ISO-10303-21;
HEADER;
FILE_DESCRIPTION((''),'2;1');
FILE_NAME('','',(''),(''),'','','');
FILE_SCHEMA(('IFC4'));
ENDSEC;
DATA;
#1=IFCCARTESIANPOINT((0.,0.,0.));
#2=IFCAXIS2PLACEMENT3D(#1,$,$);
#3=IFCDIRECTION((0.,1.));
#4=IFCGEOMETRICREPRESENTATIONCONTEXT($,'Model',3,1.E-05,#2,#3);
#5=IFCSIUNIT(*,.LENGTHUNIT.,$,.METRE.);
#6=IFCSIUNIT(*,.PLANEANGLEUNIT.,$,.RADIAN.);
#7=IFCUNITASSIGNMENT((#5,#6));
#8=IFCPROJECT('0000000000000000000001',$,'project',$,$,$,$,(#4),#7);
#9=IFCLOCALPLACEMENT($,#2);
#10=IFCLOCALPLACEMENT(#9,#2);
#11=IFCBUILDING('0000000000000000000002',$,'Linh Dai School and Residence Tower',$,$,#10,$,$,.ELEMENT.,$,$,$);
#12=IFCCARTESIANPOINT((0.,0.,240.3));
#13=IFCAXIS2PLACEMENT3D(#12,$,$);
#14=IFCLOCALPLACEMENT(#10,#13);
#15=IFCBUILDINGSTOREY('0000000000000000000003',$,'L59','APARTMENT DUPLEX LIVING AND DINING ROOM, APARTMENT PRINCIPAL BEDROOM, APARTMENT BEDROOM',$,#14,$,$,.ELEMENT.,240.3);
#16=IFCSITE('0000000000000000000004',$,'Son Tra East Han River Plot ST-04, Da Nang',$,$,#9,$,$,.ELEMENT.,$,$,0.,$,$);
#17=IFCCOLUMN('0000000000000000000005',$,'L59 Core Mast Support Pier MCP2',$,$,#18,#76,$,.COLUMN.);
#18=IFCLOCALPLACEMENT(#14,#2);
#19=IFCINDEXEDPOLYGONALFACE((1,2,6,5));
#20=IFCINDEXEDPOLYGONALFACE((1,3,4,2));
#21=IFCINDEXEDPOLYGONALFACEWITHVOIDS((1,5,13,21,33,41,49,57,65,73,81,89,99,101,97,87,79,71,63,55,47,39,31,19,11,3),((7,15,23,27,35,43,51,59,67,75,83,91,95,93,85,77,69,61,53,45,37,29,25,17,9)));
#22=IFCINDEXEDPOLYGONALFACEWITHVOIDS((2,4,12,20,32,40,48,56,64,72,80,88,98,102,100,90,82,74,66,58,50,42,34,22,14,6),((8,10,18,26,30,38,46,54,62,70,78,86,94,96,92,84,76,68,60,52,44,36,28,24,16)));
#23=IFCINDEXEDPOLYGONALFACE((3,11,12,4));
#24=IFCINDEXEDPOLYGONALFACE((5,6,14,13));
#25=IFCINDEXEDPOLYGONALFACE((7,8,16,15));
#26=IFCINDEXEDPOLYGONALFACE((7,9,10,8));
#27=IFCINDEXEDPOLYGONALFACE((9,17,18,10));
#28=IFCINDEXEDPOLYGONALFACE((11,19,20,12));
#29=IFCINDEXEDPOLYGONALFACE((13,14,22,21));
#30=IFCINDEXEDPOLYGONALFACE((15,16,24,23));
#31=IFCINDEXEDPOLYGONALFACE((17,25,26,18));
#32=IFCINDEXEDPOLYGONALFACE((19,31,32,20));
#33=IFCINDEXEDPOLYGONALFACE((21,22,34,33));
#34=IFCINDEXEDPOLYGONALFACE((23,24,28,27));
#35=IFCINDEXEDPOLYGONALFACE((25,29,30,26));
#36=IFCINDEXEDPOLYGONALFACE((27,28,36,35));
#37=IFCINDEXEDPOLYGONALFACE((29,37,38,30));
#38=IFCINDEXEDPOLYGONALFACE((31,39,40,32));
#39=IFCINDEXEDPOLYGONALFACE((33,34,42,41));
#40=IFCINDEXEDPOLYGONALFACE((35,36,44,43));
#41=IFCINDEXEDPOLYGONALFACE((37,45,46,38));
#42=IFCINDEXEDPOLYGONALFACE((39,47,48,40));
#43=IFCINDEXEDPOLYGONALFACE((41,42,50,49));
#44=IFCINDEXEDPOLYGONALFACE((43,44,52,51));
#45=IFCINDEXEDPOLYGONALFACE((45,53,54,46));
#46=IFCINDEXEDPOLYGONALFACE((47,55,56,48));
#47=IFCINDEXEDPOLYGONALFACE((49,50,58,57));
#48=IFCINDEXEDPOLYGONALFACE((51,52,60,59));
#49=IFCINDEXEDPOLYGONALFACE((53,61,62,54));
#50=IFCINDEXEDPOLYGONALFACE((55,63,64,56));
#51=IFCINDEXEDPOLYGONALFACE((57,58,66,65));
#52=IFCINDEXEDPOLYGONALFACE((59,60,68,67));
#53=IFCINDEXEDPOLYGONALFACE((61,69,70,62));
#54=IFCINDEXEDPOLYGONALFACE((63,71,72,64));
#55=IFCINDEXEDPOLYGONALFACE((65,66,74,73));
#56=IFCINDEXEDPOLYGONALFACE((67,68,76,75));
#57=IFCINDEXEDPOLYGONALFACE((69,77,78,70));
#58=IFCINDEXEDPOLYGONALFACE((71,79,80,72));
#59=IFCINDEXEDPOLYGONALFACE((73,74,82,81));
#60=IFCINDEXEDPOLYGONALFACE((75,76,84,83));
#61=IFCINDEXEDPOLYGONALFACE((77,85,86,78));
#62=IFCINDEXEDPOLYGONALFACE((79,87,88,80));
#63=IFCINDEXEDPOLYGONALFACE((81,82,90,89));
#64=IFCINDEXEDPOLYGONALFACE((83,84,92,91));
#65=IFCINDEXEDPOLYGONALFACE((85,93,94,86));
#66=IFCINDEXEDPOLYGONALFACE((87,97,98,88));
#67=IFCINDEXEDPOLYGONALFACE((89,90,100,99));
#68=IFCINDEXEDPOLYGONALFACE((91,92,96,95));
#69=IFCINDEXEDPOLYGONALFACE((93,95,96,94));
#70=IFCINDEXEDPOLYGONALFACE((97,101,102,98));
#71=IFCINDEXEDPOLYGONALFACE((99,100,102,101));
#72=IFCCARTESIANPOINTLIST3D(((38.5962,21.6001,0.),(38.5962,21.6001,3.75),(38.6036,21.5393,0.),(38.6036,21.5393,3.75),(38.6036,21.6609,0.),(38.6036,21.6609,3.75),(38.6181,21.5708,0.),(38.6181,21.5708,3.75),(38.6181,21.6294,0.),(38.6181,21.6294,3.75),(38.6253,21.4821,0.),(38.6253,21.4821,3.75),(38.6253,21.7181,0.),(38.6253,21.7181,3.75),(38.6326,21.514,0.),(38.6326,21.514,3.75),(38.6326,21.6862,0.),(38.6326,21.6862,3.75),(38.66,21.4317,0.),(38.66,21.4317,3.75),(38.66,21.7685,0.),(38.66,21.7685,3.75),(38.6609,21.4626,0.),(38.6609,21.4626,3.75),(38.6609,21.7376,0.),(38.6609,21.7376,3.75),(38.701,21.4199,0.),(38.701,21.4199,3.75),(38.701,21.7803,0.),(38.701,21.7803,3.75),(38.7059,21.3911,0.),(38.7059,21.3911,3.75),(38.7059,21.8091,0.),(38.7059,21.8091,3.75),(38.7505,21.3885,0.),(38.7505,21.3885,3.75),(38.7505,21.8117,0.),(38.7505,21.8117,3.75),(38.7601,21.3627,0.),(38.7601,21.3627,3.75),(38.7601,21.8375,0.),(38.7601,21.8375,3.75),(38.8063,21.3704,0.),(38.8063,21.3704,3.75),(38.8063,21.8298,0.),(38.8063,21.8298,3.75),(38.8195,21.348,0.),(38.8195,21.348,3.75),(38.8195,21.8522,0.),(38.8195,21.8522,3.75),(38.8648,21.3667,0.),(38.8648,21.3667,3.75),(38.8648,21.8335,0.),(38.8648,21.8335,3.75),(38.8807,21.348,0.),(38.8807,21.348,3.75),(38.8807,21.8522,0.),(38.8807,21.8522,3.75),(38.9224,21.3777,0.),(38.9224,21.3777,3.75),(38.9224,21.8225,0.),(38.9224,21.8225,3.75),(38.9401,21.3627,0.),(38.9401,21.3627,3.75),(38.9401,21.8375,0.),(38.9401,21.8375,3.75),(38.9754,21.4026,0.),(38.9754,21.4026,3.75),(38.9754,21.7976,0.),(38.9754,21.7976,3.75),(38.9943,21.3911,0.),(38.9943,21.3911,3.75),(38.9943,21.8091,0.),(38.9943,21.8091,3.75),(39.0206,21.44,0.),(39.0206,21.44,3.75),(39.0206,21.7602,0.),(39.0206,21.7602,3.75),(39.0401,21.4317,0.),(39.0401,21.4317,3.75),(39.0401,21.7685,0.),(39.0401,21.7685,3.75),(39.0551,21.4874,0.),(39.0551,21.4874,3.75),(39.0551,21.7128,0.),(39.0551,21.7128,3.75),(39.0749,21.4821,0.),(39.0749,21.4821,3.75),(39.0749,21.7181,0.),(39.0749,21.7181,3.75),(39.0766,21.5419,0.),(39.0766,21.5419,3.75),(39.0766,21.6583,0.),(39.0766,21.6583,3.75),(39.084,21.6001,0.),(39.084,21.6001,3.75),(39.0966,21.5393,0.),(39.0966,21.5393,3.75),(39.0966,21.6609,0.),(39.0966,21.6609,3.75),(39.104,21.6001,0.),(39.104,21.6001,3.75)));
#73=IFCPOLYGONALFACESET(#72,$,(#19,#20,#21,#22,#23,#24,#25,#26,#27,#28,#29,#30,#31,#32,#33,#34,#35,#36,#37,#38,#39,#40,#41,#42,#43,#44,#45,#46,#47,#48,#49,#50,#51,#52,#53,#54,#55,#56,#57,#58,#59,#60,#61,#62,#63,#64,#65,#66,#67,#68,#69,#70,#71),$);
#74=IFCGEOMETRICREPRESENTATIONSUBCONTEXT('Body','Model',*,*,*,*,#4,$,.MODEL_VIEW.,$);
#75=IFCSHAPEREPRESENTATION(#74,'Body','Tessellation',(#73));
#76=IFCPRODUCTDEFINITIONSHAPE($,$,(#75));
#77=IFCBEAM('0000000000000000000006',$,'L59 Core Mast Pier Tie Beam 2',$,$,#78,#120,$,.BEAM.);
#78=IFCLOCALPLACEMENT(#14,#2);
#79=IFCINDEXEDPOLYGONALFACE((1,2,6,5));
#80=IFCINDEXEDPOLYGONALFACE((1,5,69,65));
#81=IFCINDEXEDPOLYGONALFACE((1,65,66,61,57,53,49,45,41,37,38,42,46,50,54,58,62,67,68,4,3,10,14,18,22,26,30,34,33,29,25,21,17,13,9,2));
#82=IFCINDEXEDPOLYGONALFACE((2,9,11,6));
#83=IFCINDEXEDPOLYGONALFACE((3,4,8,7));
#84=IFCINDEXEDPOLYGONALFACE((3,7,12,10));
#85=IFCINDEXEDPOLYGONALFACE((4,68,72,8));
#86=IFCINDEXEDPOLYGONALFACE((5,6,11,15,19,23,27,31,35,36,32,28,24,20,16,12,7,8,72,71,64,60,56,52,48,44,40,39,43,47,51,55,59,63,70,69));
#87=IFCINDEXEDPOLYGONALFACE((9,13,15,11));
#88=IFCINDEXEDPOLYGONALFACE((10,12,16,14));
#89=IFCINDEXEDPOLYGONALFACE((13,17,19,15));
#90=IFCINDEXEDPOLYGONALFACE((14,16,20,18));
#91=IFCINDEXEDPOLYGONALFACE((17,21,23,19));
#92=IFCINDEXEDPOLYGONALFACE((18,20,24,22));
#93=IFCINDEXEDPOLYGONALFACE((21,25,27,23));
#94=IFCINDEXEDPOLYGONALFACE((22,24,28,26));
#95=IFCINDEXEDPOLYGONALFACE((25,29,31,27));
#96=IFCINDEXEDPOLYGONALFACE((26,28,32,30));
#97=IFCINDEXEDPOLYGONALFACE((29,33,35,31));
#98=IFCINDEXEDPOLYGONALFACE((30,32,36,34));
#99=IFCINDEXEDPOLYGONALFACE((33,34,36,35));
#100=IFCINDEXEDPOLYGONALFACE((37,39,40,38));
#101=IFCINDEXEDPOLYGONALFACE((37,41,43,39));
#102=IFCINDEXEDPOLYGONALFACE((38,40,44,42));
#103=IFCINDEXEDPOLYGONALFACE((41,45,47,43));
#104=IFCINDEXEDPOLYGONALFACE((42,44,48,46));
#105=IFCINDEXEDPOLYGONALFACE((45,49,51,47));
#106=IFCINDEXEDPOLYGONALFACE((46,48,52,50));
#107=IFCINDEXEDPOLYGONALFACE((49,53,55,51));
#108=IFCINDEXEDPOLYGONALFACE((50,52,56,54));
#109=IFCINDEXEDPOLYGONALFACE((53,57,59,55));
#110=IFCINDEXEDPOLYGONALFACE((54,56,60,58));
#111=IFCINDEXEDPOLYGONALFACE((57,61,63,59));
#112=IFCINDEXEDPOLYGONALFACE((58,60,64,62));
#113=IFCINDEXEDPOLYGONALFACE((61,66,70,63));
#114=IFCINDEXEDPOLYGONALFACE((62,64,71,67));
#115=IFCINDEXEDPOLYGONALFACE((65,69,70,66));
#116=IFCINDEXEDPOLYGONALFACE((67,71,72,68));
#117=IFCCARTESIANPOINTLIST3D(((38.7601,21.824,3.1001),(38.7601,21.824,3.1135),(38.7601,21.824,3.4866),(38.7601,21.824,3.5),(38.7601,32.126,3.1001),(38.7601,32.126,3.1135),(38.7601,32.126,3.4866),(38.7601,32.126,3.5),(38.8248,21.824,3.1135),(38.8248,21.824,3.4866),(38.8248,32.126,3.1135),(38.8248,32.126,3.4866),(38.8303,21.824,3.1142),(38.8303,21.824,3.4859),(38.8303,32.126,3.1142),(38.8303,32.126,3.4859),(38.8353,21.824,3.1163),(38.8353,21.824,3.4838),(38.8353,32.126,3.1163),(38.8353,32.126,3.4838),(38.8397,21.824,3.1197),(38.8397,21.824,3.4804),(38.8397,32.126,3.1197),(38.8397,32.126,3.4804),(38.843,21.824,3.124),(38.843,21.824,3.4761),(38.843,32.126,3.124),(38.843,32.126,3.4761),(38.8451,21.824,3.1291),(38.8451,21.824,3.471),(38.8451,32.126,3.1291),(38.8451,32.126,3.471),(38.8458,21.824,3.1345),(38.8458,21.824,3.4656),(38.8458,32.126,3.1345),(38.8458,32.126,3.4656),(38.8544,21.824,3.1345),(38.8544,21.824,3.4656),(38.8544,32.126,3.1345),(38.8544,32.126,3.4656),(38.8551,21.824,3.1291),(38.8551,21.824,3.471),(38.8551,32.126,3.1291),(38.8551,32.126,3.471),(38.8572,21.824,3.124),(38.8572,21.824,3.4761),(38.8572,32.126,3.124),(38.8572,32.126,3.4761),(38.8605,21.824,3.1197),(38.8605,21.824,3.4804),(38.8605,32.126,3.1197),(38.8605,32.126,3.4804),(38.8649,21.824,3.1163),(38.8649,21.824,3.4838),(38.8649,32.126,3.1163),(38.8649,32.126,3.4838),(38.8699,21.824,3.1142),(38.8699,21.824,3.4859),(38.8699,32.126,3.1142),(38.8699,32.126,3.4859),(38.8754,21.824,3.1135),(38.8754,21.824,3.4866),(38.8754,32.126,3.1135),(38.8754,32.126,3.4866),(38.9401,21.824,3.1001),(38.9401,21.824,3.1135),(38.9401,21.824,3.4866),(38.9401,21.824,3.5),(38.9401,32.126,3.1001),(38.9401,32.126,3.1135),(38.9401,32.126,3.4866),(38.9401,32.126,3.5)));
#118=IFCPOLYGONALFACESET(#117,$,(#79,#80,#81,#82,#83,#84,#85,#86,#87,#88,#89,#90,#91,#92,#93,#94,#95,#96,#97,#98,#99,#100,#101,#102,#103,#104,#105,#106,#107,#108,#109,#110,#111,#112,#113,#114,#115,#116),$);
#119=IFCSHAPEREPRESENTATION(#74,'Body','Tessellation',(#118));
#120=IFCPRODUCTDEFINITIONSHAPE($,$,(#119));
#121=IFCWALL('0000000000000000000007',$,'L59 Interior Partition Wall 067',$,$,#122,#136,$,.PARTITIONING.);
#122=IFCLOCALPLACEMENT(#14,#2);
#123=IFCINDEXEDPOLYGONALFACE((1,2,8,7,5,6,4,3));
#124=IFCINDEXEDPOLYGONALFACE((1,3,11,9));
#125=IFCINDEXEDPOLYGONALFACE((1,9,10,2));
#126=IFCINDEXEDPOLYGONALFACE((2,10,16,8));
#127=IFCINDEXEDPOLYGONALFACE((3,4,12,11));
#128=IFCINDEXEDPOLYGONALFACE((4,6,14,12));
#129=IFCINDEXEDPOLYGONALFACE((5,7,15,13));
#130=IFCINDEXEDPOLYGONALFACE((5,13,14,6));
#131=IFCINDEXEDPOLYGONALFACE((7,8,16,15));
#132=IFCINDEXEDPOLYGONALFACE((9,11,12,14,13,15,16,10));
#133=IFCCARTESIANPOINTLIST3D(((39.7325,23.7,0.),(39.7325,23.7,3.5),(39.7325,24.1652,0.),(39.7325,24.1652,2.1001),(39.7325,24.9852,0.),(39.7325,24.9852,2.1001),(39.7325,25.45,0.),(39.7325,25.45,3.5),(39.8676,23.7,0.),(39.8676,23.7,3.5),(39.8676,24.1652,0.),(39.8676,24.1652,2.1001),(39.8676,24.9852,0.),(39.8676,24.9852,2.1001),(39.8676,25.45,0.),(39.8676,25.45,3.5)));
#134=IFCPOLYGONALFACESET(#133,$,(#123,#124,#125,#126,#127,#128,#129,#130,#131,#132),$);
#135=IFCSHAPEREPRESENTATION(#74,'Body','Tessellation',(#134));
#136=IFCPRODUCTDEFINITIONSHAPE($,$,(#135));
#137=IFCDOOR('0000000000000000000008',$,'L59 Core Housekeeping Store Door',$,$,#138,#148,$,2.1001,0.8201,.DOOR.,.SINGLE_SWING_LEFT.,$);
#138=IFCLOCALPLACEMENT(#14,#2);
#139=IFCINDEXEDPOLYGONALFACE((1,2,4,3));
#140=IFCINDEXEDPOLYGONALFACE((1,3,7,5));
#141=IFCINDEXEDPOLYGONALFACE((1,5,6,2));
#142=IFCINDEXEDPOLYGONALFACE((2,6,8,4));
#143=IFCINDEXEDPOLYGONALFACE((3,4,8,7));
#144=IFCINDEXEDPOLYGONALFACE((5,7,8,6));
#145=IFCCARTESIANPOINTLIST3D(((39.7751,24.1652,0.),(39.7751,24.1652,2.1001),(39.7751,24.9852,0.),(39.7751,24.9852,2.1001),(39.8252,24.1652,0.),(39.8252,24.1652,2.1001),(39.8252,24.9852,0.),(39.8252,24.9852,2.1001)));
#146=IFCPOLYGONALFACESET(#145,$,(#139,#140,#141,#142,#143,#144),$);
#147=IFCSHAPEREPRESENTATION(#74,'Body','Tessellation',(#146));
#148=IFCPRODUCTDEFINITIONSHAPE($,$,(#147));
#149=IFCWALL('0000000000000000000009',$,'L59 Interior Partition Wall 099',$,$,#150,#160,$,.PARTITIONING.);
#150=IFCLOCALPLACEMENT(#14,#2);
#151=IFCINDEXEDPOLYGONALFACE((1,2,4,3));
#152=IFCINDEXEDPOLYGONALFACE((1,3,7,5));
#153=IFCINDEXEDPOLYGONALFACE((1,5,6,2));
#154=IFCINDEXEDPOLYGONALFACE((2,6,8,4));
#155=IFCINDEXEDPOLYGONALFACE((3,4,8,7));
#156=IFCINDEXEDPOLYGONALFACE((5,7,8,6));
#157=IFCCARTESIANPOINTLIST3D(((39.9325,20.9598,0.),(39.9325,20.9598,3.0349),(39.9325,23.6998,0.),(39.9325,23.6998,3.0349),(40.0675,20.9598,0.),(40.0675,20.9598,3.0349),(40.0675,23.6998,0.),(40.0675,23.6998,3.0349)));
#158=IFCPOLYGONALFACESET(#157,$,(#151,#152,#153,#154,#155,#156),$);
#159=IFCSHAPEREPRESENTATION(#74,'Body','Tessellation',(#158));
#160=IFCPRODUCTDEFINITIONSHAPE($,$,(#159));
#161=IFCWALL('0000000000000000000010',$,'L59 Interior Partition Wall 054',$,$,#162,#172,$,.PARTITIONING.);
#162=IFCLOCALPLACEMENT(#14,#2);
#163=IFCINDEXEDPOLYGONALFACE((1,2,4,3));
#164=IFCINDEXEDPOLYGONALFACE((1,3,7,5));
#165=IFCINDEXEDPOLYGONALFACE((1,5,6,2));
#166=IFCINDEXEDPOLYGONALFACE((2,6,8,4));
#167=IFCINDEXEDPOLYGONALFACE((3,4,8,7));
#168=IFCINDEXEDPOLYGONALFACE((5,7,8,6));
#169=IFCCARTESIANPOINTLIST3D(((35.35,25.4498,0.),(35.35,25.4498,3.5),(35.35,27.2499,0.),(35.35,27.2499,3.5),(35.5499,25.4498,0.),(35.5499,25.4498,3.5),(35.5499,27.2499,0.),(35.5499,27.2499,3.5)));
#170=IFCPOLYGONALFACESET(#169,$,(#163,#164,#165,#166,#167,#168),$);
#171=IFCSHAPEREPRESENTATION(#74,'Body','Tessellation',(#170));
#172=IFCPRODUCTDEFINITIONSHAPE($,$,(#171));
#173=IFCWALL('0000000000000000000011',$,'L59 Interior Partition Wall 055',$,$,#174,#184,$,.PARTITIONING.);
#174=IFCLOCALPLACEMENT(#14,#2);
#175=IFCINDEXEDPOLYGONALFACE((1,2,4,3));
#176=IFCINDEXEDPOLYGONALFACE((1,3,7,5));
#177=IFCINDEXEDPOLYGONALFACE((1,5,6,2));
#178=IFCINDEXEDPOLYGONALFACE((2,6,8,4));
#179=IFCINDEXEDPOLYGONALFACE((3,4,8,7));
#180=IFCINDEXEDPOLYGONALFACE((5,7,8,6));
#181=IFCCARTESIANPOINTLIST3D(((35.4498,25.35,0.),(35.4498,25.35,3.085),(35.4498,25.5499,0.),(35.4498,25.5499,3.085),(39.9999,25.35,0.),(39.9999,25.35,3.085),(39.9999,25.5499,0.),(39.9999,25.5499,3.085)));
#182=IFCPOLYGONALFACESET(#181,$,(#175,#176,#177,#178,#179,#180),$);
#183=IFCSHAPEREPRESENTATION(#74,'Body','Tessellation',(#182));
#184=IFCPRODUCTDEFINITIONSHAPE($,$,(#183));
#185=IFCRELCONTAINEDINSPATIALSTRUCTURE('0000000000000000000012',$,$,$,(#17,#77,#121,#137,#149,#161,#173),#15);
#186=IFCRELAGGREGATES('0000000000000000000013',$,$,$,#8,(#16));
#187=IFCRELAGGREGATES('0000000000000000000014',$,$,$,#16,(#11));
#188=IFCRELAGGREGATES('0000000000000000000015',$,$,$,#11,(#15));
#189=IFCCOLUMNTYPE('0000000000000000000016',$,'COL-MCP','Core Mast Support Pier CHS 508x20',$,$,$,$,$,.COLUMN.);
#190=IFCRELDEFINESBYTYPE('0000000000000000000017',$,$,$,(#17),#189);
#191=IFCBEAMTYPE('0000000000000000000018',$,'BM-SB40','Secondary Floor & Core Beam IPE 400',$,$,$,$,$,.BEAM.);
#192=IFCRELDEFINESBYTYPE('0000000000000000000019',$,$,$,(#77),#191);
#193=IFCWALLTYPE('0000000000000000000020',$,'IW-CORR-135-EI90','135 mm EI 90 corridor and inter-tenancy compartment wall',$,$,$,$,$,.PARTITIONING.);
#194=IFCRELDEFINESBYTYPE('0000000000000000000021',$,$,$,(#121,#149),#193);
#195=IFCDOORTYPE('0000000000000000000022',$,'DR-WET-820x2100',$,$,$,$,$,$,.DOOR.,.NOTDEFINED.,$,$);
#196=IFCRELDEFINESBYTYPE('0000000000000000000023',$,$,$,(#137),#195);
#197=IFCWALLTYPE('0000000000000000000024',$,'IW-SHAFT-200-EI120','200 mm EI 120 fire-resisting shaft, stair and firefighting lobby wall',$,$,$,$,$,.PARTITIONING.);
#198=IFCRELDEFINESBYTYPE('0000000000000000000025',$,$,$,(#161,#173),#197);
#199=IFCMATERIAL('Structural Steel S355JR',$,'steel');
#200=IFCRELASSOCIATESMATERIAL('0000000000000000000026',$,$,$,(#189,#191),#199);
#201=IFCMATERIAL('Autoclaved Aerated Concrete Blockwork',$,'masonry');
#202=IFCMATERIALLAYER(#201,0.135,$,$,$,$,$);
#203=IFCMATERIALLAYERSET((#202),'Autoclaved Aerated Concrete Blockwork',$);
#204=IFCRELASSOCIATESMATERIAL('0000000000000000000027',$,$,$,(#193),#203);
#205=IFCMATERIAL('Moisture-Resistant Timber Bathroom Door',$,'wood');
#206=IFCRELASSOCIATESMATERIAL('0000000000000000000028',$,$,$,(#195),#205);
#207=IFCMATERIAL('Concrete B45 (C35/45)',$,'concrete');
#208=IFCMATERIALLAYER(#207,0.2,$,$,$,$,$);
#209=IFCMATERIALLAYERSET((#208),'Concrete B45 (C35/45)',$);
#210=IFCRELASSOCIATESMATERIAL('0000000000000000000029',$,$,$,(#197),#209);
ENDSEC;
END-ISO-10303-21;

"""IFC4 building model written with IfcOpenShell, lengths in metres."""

from ifc_helpers import new_model, si_unit, direction, frame, frame_2d, origin, origin_2d, place, context, subcontext, project, spatial, rectangle, hollow_circle, i_section, extrude, source, transform, mapped, material, layer, layer_set, material_profile, profile_set, type_object, element, fill, save


model = new_model("IFC4")

# Units and contexts
model_context = context("Model", 3, precision=1e-05, world=origin(), true_north=direction((0.0, 1.0)))
body_context = subcontext(model_context, "Body", "Model", "MODEL_VIEW")
ifc_project = project(units=[si_unit("LENGTHUNIT", "METRE"), si_unit("PLANEANGLEUNIT", "RADIAN")], contexts=[model_context])

# Site, building, storey
site_placement = place(None, origin())
site = spatial("IfcSite", under=ifc_project, at=site_placement, Name="Son Tra East Han River Plot ST-04, Da Nang", CompositionType="ELEMENT", RefElevation=0.0)
building_placement = place(site_placement, origin())
building = spatial("IfcBuilding", under=site, at=building_placement, Name="Linh Dai School and Residence Tower", CompositionType="ELEMENT")
storey_placement = place(building_placement, frame((0.0, 0.0, 240.3)))
storey = spatial("IfcBuildingStorey", under=building, at=storey_placement, Name="L59", Description="APARTMENT DUPLEX LIVING AND DINING ROOM, APARTMENT PRINCIPAL BEDROOM, APARTMENT BEDROOM", CompositionType="ELEMENT", Elevation=240.3)

# Column
ifc_material_1 = material(Name="Structural Steel S355JR", Category="steel")
ifc_material_profile_1 = material_profile(ifc_material_1, hollow_circle(Radius=0.2539, WallThickness=0.02, at=origin_2d()), Name="CHS 508x20")
ifc_profile_set_1 = profile_set([ifc_material_profile_1], Name="Structural Steel S355JR")
column_type_1 = type_object("IfcColumnType", Name="COL-MCP", Description="Core Mast Support Pier CHS 508x20", PredefinedType="COLUMN", material=ifc_profile_set_1)
column_placement = place(storey_placement, frame((38.8501, 21.6001, 0.0), z_axis=(0.0, 0.0, 1.0), x_axis=(1.0, 0.0, 0.0)))
element("IfcColumn", 1, at=column_placement, inside=storey, type_object=column_type_1, Name="L59 Core Mast Support Pier MCP2", PredefinedType="COLUMN", context=body_context, shape_type="SweptSolid", body=[
    extrude(hollow_circle(Radius=0.2539, WallThickness=0.02, at=origin_2d()), origin(), (0.0, 0.0, 1.0), 3.75),
])

# Beam
ifc_material_profile_2 = material_profile(ifc_material_1, i_section(OverallWidth=0.1799, OverallDepth=0.3999, WebThickness=0.0085, FlangeThickness=0.0134, FilletRadius=0.021, at=origin_2d()), Name="IPE 400")
ifc_profile_set_2 = profile_set([ifc_material_profile_2], Name="Structural Steel S355JR")
beam_type = type_object("IfcBeamType", Name="BM-SB40", Description="Secondary Floor & Core Beam IPE 400", PredefinedType="BEAM", material=ifc_profile_set_2)
beam_placement = place(storey_placement, frame((38.8501, 21.824, 3.3), z_axis=(0.0, 1.0, 0.0), x_axis=(-1.0, 0.0, 0.0)))
element("IfcBeam", 2, at=beam_placement, inside=storey, type_object=beam_type, Name="L59 Core Mast Pier Tie Beam 2", PredefinedType="BEAM", context=body_context, shape_type="SweptSolid", body=[
    extrude(i_section(OverallWidth=0.1799, OverallDepth=0.3999, WebThickness=0.0085, FlangeThickness=0.0134, FilletRadius=0.021, at=origin_2d()), origin(), (0.0, 0.0, 1.0), 10.302),
])

# Wall, opening, door
ifc_material_2 = material(Name="Autoclaved Aerated Concrete Blockwork", Category="masonry")
ifc_layer_1 = layer(ifc_material_2, 0.135)
ifc_layer_set_1 = layer_set([ifc_layer_1], Name="Autoclaved Aerated Concrete Blockwork")
wall_type_1 = type_object("IfcWallType", Name="IW-CORR-135-EI90", Description="135 mm EI 90 corridor and inter-tenancy compartment wall", PredefinedType="PARTITIONING", material=ifc_layer_set_1)
wall_1_placement = place(storey_placement, frame((39.8, 23.7, 0.0), z_axis=(0.0, 0.0, 1.0), x_axis=(0.0, 1.0, 0.0)))
wall_1 = element("IfcWall", 3, at=wall_1_placement, inside=storey, type_object=wall_type_1, Name="L59 Interior Partition Wall 067", PredefinedType="PARTITIONING", context=body_context, shape_type="SweptSolid", body=[
    extrude(rectangle(XDim=1.75, YDim=0.135, at=frame_2d((0.875, 0.0))), origin(), (0.0, 0.0, 1.0), 3.5),
])
opening_placement = place(wall_1_placement, frame((0.4651, 0.0, 0.0)))
opening = element("IfcOpeningElement", 4, at=opening_placement, cuts=wall_1, PredefinedType="OPENING", context=body_context, shape_type="SweptSolid", body=[
    extrude(rectangle(XDim=0.8201, YDim=2.1001, at=origin_2d()), frame((0.4102, 0.0776, 1.05), z_axis=(0.0, -1.0, 0.0), x_axis=(1.0, 0.0, 0.0)), (0.0, 0.0, 1.0), 0.155),
])
ifc_material_3 = material(Name="Moisture-Resistant Timber Bathroom Door", Category="wood")
door_type = type_object("IfcDoorType", Name="DR-WET-820x2100", OperationType="NOTDEFINED", PredefinedType="DOOR", material=ifc_material_3)
shared_shape_1 = source(origin(), body_context, "Body", "SweptSolid", [
    extrude(rectangle(XDim=0.8201, YDim=2.1001, at=origin_2d()), frame((0.4102, 0.0249, 1.05), z_axis=(0.0, -1.0, 0.0), x_axis=(1.0, 0.0, 0.0)), (0.0, 0.0, 1.0), 0.05),
])
door_placement = place(opening_placement, origin())
door = element("IfcDoor", 5, at=door_placement, inside=storey, type_object=door_type, Name="L59 Core Housekeeping Store Door", OperationType="SINGLE_SWING_LEFT", OverallHeight=2.1001, OverallWidth=0.8201, PredefinedType="DOOR", context=body_context, shape_type="MappedRepresentation", body=[
    mapped(shared_shape_1, transform((0.0, 0.0, 0.0), x_axis=(1.0, 0.0, 0.0), y_axis=(0.0, 1.0, 0.0), z_axis=(0.0, 0.0, 1.0), scale=1.0)),
])
fill(opening, door)

# Walls
wall_2_placement = place(storey_placement, frame((40.0, 23.7, 0.0), z_axis=(0.0, 0.0, 1.0), x_axis=(0.0, -1.0, 0.0)))
element("IfcWall", 6, at=wall_2_placement, inside=storey, type_object=wall_type_1, Name="L59 Interior Partition Wall 099", PredefinedType="PARTITIONING", context=body_context, shape_type="SweptSolid", body=[
    extrude(rectangle(XDim=2.74, YDim=0.135, at=frame_2d((1.3701, 0.0))), origin(), (0.0, 0.0, 1.0), 3.0349),
])
ifc_material_4 = material(Name="Concrete B45 (C35/45)", Category="concrete")
ifc_layer_2 = layer(ifc_material_4, 0.2)
ifc_layer_set_2 = layer_set([ifc_layer_2], Name="Concrete B45 (C35/45)")
wall_type_2 = type_object("IfcWallType", Name="IW-SHAFT-200-EI120", Description="200 mm EI 120 fire-resisting shaft, stair and firefighting lobby wall", PredefinedType="PARTITIONING", material=ifc_layer_set_2)
wall_3_placement = place(storey_placement, frame((35.45, 25.45, 0.0), z_axis=(0.0, 0.0, 1.0), x_axis=(0.0, 1.0, 0.0)))
element("IfcWall", 7, at=wall_3_placement, inside=storey, type_object=wall_type_2, Name="L59 Interior Partition Wall 054", PredefinedType="PARTITIONING", context=body_context, shape_type="SweptSolid", body=[
    extrude(rectangle(XDim=1.8, YDim=0.2, at=frame_2d((0.8999, 0.0))), origin(), (0.0, 0.0, 1.0), 3.5),
])
wall_4_placement = place(storey_placement, frame((35.45, 25.45, 0.0), z_axis=(0.0, 0.0, 1.0), x_axis=(1.0, 0.0, 0.0)))
element("IfcWall", 8, at=wall_4_placement, inside=storey, type_object=wall_type_2, Name="L59 Interior Partition Wall 055", PredefinedType="PARTITIONING", context=body_context, shape_type="SweptSolid", body=[
    extrude(rectangle(XDim=4.55, YDim=0.2, at=frame_2d((2.2749, 0.0))), origin(), (0.0, 0.0, 1.0), 3.085),
])

save(model, "model.ifc")
